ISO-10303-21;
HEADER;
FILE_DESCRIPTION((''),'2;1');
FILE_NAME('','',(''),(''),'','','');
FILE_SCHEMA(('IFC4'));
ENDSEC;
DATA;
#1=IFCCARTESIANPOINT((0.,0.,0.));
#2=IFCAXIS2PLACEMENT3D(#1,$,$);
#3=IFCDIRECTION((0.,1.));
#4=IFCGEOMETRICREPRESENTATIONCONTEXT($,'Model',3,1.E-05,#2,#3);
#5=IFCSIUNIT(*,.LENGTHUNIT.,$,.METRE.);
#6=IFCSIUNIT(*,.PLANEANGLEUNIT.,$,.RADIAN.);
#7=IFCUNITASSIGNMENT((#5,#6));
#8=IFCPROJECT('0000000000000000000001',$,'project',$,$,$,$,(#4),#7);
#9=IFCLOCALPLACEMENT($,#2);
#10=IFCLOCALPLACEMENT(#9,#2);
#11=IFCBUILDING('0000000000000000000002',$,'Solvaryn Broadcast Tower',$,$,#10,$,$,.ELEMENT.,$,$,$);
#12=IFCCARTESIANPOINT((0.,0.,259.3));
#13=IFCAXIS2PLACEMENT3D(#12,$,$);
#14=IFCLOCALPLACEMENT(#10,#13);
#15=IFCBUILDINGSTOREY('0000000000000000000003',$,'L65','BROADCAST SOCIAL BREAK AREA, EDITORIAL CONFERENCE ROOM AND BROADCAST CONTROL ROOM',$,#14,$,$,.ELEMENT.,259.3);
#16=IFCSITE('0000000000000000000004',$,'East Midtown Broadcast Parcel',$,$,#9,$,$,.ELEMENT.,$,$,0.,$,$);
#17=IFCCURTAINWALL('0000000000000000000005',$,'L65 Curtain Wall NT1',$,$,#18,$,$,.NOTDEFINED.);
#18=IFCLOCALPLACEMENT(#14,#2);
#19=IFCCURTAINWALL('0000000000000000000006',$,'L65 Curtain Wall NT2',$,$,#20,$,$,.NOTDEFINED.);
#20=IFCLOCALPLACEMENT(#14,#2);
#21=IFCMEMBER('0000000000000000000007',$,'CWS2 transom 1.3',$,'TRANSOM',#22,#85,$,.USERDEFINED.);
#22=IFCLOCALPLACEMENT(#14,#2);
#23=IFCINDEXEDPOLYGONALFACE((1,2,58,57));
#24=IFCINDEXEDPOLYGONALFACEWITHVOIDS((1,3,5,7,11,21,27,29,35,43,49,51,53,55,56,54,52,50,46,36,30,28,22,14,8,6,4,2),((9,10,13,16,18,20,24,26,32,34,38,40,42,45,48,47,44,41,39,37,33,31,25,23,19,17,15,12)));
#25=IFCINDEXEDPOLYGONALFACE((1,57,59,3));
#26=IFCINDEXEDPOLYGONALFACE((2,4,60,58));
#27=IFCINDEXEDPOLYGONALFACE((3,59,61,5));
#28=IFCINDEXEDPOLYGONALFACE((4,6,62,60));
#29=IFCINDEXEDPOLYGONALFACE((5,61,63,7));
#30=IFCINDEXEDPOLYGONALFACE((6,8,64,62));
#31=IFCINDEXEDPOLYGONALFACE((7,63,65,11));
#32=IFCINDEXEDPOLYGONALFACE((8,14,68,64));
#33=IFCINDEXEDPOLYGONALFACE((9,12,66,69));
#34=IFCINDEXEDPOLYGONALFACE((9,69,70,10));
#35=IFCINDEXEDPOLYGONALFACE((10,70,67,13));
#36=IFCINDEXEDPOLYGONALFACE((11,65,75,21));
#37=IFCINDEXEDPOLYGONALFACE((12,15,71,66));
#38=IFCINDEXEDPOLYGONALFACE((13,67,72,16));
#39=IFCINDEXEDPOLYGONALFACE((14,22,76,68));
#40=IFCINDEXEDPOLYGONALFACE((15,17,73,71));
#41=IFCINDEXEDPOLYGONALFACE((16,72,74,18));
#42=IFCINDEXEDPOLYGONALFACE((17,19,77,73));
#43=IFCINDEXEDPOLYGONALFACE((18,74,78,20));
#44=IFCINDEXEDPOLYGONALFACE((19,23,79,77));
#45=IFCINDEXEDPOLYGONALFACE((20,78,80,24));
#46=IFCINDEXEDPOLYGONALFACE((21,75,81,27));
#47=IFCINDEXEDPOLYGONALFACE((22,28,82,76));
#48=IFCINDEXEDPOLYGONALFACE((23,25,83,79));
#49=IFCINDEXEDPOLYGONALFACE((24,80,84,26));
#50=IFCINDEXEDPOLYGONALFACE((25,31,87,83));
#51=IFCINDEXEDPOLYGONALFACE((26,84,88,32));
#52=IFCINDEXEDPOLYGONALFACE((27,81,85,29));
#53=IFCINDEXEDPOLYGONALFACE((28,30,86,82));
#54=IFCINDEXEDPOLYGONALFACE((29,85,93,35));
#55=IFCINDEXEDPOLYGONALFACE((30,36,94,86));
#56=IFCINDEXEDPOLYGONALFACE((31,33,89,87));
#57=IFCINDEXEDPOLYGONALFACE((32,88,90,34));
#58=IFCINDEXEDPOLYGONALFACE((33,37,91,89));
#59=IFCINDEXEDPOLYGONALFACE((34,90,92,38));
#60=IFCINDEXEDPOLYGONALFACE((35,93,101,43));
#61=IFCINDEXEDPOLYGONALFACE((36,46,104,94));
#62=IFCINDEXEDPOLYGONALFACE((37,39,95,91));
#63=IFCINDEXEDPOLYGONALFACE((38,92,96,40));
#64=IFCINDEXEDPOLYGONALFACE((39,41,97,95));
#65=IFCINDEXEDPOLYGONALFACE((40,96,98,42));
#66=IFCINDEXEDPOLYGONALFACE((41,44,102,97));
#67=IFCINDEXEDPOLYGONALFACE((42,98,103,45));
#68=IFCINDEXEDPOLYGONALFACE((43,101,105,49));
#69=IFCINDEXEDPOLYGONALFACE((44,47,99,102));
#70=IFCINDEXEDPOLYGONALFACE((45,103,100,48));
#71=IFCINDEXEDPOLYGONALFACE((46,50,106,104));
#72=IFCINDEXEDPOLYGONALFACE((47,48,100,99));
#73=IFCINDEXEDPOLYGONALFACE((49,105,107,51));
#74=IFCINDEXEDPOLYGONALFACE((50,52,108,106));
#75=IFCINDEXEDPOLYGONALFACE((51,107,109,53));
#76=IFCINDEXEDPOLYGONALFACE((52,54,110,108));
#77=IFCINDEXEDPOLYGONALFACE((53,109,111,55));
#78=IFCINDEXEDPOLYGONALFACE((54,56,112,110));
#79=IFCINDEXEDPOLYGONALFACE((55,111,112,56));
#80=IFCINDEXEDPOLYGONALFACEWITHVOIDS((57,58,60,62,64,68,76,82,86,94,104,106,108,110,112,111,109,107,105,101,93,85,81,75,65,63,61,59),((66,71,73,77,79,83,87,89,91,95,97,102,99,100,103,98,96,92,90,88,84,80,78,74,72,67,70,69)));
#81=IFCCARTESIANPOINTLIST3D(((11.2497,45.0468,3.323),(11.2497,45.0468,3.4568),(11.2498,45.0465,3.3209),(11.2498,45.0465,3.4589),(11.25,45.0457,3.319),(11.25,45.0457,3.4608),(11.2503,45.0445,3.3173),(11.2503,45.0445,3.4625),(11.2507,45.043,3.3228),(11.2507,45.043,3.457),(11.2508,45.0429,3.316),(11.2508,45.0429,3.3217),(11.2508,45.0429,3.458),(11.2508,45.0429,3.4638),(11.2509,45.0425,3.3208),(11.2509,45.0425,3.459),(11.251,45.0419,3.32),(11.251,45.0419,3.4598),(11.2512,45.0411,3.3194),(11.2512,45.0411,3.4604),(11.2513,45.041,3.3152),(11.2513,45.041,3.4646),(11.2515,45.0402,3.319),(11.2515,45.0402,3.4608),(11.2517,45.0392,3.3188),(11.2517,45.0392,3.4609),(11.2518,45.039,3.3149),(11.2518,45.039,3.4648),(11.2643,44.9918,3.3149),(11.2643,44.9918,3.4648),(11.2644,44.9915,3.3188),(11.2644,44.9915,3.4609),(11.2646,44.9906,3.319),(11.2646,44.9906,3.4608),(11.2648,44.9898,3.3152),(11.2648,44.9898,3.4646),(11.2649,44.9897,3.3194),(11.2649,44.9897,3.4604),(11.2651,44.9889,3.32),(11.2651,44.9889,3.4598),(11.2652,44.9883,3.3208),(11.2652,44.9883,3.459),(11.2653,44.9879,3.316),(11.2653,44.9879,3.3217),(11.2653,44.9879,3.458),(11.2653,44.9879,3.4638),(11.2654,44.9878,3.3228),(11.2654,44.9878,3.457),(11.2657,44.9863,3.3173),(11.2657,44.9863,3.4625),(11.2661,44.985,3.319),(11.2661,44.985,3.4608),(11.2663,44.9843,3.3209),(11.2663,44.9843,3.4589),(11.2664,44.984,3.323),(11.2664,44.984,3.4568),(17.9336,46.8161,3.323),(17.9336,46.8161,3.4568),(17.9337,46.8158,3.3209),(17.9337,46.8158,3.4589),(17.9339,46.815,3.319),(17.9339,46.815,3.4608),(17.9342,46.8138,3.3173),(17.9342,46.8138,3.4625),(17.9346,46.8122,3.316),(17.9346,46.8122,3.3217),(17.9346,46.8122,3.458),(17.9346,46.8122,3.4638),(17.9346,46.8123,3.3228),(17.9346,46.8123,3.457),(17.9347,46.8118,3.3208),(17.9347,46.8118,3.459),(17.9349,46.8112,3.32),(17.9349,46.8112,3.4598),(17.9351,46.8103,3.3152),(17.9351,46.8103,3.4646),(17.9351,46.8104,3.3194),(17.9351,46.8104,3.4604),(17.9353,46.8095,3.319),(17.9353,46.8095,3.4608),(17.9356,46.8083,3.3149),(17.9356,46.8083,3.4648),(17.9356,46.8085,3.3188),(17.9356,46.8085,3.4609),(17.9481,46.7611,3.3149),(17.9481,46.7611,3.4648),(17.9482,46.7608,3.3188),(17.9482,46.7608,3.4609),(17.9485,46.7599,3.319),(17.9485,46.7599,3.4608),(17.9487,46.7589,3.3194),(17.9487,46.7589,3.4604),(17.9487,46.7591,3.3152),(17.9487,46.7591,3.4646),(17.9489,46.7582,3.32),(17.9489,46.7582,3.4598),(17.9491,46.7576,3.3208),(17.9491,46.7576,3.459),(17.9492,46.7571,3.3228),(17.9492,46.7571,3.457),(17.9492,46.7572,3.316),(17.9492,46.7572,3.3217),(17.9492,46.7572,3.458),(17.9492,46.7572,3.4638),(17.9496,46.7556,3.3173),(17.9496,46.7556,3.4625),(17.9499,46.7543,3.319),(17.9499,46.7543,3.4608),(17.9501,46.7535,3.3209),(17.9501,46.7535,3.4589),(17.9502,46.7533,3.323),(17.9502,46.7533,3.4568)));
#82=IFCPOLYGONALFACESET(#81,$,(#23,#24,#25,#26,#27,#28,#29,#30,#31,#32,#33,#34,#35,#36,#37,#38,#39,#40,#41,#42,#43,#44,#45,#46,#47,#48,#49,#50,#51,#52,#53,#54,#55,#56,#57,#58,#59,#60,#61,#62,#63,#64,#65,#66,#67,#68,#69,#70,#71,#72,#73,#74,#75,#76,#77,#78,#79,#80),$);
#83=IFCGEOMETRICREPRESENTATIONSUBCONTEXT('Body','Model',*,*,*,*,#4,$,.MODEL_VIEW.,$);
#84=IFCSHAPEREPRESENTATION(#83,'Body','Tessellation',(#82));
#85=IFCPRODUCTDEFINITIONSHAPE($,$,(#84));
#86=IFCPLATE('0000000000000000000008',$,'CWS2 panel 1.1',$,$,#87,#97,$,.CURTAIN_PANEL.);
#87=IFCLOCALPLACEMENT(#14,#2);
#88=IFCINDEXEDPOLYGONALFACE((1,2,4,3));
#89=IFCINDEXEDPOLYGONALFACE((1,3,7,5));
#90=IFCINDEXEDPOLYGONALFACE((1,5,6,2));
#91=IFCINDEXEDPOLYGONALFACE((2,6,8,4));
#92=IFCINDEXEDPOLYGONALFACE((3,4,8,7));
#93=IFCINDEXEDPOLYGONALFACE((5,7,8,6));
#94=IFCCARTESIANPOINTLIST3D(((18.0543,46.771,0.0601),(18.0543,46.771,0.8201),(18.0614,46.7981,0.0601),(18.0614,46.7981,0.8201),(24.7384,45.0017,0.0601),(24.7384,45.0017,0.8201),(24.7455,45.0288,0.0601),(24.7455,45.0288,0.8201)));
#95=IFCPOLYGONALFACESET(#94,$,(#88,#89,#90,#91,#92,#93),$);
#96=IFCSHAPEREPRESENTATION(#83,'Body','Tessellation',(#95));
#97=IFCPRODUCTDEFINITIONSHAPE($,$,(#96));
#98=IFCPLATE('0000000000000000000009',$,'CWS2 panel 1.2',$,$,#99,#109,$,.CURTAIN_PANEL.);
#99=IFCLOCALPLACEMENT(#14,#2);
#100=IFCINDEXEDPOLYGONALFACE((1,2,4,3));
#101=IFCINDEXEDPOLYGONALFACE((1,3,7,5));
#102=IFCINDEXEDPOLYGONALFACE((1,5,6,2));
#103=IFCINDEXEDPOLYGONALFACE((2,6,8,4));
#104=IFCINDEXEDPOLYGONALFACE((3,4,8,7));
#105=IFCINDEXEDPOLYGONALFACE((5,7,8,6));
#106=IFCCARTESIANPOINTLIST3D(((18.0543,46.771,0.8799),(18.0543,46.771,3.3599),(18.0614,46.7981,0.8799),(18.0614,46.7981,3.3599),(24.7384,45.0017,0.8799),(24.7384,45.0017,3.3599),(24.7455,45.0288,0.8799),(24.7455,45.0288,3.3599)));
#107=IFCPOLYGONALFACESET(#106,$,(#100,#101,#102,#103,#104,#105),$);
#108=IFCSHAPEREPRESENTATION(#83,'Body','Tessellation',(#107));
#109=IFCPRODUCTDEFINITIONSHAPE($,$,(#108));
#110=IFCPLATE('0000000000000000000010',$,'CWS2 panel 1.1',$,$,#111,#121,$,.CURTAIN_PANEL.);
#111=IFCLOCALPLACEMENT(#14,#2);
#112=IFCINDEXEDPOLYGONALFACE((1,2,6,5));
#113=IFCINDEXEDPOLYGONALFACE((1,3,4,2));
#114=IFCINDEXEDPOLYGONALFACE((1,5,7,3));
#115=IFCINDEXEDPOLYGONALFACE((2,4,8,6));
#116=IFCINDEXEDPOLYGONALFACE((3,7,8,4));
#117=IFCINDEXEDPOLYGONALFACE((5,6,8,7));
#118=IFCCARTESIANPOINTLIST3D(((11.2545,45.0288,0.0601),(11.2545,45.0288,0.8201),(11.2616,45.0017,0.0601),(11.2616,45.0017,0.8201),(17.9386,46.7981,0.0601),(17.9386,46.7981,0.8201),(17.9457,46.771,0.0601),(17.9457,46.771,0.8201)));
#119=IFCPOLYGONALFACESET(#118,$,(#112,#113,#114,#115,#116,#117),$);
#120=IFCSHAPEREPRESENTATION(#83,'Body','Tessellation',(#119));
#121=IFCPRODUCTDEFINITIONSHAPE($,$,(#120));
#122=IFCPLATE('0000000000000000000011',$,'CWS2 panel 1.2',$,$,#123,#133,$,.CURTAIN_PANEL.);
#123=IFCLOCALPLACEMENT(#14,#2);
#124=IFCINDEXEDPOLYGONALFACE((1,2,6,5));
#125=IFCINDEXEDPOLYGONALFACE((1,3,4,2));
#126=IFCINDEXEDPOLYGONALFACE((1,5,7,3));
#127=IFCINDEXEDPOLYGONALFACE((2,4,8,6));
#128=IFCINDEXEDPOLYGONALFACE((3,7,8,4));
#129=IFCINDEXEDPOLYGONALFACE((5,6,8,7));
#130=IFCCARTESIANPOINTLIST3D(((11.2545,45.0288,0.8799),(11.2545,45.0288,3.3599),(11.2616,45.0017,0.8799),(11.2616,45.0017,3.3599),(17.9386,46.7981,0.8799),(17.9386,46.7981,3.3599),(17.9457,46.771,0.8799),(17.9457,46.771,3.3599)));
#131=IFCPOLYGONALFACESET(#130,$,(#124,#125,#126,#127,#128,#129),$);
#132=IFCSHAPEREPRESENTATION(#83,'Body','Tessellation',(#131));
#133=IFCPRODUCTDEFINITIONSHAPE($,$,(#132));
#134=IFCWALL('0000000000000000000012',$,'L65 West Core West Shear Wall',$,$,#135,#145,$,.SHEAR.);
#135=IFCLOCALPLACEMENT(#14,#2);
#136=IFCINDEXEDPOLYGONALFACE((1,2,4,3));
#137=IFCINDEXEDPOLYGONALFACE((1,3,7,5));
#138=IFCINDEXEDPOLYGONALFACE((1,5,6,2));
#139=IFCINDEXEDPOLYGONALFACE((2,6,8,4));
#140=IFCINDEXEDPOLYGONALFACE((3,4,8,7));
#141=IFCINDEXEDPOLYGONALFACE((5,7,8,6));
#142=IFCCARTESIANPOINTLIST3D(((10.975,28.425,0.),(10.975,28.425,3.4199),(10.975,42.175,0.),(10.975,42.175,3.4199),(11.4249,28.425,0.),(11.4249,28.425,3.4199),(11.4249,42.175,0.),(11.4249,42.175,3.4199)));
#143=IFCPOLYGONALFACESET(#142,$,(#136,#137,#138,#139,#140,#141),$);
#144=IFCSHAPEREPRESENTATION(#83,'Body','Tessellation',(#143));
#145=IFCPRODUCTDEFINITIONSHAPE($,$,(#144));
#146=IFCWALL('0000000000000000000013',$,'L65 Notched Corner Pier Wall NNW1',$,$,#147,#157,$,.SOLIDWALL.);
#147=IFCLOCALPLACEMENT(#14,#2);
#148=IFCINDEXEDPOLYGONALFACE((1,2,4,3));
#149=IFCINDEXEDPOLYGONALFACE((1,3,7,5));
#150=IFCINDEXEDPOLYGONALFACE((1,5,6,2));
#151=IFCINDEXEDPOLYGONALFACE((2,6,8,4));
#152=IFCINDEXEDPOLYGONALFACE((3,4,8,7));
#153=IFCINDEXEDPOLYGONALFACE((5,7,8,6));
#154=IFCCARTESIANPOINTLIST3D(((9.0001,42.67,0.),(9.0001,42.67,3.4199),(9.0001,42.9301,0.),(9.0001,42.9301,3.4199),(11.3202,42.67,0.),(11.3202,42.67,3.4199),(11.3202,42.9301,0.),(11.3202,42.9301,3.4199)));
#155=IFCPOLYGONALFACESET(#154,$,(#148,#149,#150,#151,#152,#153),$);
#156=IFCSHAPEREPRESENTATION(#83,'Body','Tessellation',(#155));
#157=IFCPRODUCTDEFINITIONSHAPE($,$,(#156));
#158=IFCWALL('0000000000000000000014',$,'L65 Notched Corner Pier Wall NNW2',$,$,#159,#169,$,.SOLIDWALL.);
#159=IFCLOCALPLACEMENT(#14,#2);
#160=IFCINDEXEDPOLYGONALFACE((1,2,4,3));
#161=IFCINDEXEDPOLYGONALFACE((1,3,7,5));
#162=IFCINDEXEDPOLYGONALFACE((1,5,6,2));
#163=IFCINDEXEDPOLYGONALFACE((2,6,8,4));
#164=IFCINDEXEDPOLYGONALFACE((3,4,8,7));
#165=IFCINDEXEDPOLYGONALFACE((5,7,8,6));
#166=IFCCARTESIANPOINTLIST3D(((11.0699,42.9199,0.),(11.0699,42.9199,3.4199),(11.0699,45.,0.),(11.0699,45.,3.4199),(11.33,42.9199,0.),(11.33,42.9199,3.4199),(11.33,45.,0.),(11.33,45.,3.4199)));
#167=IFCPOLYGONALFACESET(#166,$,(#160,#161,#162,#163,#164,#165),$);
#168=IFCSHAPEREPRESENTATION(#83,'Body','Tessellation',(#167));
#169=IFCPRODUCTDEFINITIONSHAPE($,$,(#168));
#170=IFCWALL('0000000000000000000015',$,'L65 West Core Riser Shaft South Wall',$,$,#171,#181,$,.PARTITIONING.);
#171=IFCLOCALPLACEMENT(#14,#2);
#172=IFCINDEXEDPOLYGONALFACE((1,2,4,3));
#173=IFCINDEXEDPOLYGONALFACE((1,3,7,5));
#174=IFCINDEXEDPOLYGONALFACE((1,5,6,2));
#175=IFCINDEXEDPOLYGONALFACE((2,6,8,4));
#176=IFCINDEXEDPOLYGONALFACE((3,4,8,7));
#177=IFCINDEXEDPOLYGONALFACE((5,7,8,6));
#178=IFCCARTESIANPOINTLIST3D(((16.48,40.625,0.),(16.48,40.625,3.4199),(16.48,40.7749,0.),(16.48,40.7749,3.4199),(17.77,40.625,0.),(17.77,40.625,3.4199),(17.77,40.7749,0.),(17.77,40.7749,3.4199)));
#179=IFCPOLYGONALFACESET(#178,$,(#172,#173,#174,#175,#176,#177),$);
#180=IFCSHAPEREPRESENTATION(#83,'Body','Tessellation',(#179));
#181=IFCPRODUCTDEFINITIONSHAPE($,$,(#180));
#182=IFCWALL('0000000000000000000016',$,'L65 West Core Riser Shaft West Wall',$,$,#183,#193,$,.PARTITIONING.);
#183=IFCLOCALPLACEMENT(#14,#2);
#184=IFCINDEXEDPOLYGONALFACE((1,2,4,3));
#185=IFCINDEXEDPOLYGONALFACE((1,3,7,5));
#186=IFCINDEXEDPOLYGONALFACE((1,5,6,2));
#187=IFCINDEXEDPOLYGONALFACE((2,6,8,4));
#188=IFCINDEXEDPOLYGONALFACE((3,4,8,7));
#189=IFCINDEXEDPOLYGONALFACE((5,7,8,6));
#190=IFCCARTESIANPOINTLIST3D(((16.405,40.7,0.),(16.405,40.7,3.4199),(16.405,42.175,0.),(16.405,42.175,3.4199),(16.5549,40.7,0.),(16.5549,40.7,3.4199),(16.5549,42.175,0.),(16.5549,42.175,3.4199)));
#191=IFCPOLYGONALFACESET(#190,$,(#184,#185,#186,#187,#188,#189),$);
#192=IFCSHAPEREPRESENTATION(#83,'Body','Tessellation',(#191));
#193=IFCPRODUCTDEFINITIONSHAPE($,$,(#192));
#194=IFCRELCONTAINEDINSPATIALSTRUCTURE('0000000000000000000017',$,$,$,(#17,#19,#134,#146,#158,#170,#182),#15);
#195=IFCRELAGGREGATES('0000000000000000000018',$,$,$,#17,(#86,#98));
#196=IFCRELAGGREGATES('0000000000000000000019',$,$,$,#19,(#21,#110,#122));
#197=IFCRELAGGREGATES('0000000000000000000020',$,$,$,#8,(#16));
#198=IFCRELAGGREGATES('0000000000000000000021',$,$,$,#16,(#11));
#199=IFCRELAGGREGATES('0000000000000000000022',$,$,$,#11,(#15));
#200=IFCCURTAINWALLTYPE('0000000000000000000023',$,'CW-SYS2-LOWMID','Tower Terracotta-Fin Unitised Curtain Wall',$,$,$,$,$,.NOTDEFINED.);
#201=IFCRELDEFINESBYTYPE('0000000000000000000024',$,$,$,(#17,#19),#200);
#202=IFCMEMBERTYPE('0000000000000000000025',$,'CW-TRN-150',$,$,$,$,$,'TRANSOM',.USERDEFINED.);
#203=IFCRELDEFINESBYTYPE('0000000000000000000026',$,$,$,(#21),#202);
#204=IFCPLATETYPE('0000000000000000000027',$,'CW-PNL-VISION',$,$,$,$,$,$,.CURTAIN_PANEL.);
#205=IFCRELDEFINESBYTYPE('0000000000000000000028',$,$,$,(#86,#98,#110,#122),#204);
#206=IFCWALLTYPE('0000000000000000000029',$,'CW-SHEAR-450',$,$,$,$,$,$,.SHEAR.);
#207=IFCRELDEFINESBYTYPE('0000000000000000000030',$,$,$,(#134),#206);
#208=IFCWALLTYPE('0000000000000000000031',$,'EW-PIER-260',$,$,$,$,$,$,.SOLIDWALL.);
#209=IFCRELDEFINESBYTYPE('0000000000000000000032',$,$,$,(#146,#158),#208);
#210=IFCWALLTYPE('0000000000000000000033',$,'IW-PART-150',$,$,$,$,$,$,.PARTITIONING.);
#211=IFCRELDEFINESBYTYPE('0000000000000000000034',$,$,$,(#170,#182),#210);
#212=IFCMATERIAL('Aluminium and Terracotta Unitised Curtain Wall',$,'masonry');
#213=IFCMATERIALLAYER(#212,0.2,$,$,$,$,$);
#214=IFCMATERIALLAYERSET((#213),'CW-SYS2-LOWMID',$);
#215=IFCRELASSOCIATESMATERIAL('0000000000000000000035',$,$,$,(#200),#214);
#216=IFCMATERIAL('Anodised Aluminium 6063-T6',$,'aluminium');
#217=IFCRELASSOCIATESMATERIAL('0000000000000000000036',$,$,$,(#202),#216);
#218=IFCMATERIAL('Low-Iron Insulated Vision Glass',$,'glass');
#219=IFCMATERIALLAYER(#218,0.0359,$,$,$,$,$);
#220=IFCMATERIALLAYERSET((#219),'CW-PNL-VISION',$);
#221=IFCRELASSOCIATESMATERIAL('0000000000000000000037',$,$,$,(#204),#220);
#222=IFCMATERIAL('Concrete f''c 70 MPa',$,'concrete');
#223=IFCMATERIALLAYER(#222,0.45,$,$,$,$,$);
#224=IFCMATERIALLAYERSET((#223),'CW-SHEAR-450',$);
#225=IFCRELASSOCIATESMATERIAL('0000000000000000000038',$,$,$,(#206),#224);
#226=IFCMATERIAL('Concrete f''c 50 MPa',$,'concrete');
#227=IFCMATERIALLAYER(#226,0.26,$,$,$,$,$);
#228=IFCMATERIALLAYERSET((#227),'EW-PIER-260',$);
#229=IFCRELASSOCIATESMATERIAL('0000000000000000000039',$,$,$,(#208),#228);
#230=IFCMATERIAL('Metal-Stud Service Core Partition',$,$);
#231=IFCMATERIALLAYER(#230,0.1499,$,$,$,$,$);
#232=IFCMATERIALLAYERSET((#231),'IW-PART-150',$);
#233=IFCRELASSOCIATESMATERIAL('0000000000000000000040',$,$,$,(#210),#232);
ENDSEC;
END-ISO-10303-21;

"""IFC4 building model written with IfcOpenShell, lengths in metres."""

from ifc_helpers import new_model, si_unit, direction, frame, frame_2d, origin, origin_2d, place, context, subcontext, project, spatial, rectangle, hollow_rectangle, extrude, material, layer, layer_set, material_profile, profile_set, type_object, element, aggregate, save


model = new_model("IFC4")

# Units and contexts
model_context = context("Model", 3, precision=1e-05, world=origin(), true_north=direction((0.0, 1.0)))
body_context = subcontext(model_context, "Body", "Model", "MODEL_VIEW")
ifc_project = project(units=[si_unit("LENGTHUNIT", "METRE"), si_unit("PLANEANGLEUNIT", "RADIAN")], contexts=[model_context])

# Site, building, storey
site_placement = place(None, origin())
site = spatial("IfcSite", under=ifc_project, at=site_placement, Name="East Midtown Broadcast Parcel", CompositionType="ELEMENT", RefElevation=0.0)
building_placement = place(site_placement, origin())
building = spatial("IfcBuilding", under=site, at=building_placement, Name="Solvaryn Broadcast Tower", CompositionType="ELEMENT")
storey_placement = place(building_placement, frame((0.0, 0.0, 259.3)))
storey = spatial("IfcBuildingStorey", under=building, at=storey_placement, Name="L65", Description="BROADCAST SOCIAL BREAK AREA, EDITORIAL CONFERENCE ROOM AND BROADCAST CONTROL ROOM", CompositionType="ELEMENT", Elevation=259.3)

# Curtain wall
ifc_material_1 = material(Name="Aluminium and Terracotta Unitised Curtain Wall", Category="masonry")
ifc_layer_1 = layer(ifc_material_1, 0.2)
ifc_layer_set_1 = layer_set([ifc_layer_1], Name="CW-SYS2-LOWMID")
curtain_wall_type = type_object("IfcCurtainWallType", Name="CW-SYS2-LOWMID", Description="Tower Terracotta-Fin Unitised Curtain Wall", PredefinedType="NOTDEFINED", material=ifc_layer_set_1)
curtain_wall_1_placement = place(storey_placement, origin())
curtain_wall_1 = element("IfcCurtainWall", 1, at=curtain_wall_1_placement, inside=storey, type_object=curtain_wall_type, Name="L65 Curtain Wall NT1", PredefinedType="NOTDEFINED")

# Curtain wall
curtain_wall_2_placement = place(storey_placement, origin())
curtain_wall_2 = element("IfcCurtainWall", 2, at=curtain_wall_2_placement, inside=storey, type_object=curtain_wall_type, Name="L65 Curtain Wall NT2", PredefinedType="NOTDEFINED")

# Member
ifc_material_2 = material(Name="Anodised Aluminium 6063-T6", Category="aluminium")
ifc_material_profile_1 = material_profile(ifc_material_2, hollow_rectangle(XDim=0.0649, YDim=0.1499, WallThickness=0.0039, InnerFilletRadius=0.0039, OuterFilletRadius=0.0081, at=origin_2d()))
ifc_profile_set_1 = profile_set([ifc_material_profile_1], Name="Anodised Aluminium 6063-T6")
member_type_1 = type_object("IfcMemberType", Name="CW-TRN-150", ElementType="TRANSOM", PredefinedType="USERDEFINED", material=ifc_profile_set_1)
member_1_placement = place(storey_placement, frame((17.9419, 46.7847, 3.3899), z_axis=(-0.966704, -0.255897, 0.0), x_axis=(0.255897, -0.966704, 0.0)))
member_1 = element("IfcMember", 3, at=member_1_placement, type_object=member_type_1, Name="CWS2 transom 1.3", ObjectType="TRANSOM", PredefinedType="USERDEFINED", context=body_context, shape_type="SweptSolid", body=[
    extrude(hollow_rectangle(XDim=0.0649, YDim=0.1499, WallThickness=0.0039, InnerFilletRadius=0.0039, OuterFilletRadius=0.0081, at=origin_2d()), origin(), (0.0, 0.0, 1.0), 6.9141),
])

# Plates
ifc_material_3 = material(Name="Low-Iron Insulated Vision Glass", Category="glass")
ifc_layer_2 = layer(ifc_material_3, 0.0359)
ifc_layer_set_2 = layer_set([ifc_layer_2], Name="CW-PNL-VISION")
plate_type = type_object("IfcPlateType", Name="CW-PNL-VISION", PredefinedType="CURTAIN_PANEL", material=ifc_layer_set_2)
plate_1_placement = place(storey_placement, frame((21.3999, 45.8999, 0.0601), z_axis=(0.0, 0.0, 1.0), x_axis=(-0.966705, 0.255893, 0.0)))
plate_1 = element("IfcPlate", 4, at=plate_1_placement, type_object=plate_type, Name="CWS2 panel 1.1", PredefinedType="CURTAIN_PANEL", context=body_context, shape_type="SweptSolid", body=[
    extrude(rectangle(XDim=6.9143, YDim=0.0281, at=origin_2d()), origin(), (0.0, 0.0, 1.0), 0.76),
])
plate_2_placement = place(storey_placement, frame((21.3999, 45.8999, 0.8799), z_axis=(0.0, 0.0, 1.0), x_axis=(-0.966705, 0.255893, 0.0)))
plate_2 = element("IfcPlate", 5, at=plate_2_placement, type_object=plate_type, Name="CWS2 panel 1.2", PredefinedType="CURTAIN_PANEL", context=body_context, shape_type="SweptSolid", body=[
    extrude(rectangle(XDim=6.9143, YDim=0.0281, at=origin_2d()), origin(), (0.0, 0.0, 1.0), 2.48),
])
aggregate(curtain_wall_1, [plate_1, plate_2])
plate_3_placement = place(storey_placement, frame((14.6001, 45.8999, 0.0601), z_axis=(0.0, 0.0, 1.0), x_axis=(-0.966705, -0.255893, 0.0)))
plate_3 = element("IfcPlate", 6, at=plate_3_placement, type_object=plate_type, Name="CWS2 panel 1.1", PredefinedType="CURTAIN_PANEL", context=body_context, shape_type="SweptSolid", body=[
    extrude(rectangle(XDim=6.9143, YDim=0.0281, at=origin_2d()), origin(), (0.0, 0.0, 1.0), 0.76),
])
plate_4_placement = place(storey_placement, frame((14.6001, 45.8999, 0.8799), z_axis=(0.0, 0.0, 1.0), x_axis=(-0.966705, -0.255893, 0.0)))
plate_4 = element("IfcPlate", 7, at=plate_4_placement, type_object=plate_type, Name="CWS2 panel 1.2", PredefinedType="CURTAIN_PANEL", context=body_context, shape_type="SweptSolid", body=[
    extrude(rectangle(XDim=6.9143, YDim=0.0281, at=origin_2d()), origin(), (0.0, 0.0, 1.0), 2.48),
])
aggregate(curtain_wall_2, [member_1, plate_3, plate_4])

# Walls
ifc_material_4 = material(Name="Concrete f'c 70 MPa", Category="concrete")
ifc_layer_3 = layer(ifc_material_4, 0.45)
ifc_layer_set_3 = layer_set([ifc_layer_3], Name="CW-SHEAR-450")
wall_type_1 = type_object("IfcWallType", Name="CW-SHEAR-450", PredefinedType="SHEAR", material=ifc_layer_set_3)
wall_1_placement = place(storey_placement, frame((11.2, 42.175, 0.0), z_axis=(0.0, 0.0, 1.0), x_axis=(0.0, -1.0, 0.0)))
element("IfcWall", 8, at=wall_1_placement, inside=storey, type_object=wall_type_1, Name="L65 West Core West Shear Wall", PredefinedType="SHEAR", context=body_context, shape_type="SweptSolid", body=[
    extrude(rectangle(XDim=13.75, YDim=0.45, at=frame_2d((6.875, 0.0))), origin(), (0.0, 0.0, 1.0), 3.4199),
])
ifc_material_5 = material(Name="Concrete f'c 50 MPa", Category="concrete")
ifc_layer_4 = layer(ifc_material_5, 0.26)
ifc_layer_set_4 = layer_set([ifc_layer_4], Name="EW-PIER-260")
wall_type_2 = type_object("IfcWallType", Name="EW-PIER-260", PredefinedType="SOLIDWALL", material=ifc_layer_set_4)
wall_2_placement = place(storey_placement, frame((9.0, 42.8, 0.0), z_axis=(0.0, 0.0, 1.0), x_axis=(1.0, 0.0, 0.0)))
element("IfcWall", 9, at=wall_2_placement, inside=storey, type_object=wall_type_2, Name="L65 Notched Corner Pier Wall NNW1", PredefinedType="SOLIDWALL", context=body_context, shape_type="SweptSolid", body=[
    extrude(rectangle(XDim=2.3201, YDim=0.26, at=frame_2d((1.1602, 0.0))), origin(), (0.0, 0.0, 1.0), 3.4199),
])
wall_3_placement = place(storey_placement, frame((11.2, 42.9199, 0.0), z_axis=(0.0, 0.0, 1.0), x_axis=(0.0, 1.0, 0.0)))
element("IfcWall", 10, at=wall_3_placement, inside=storey, type_object=wall_type_2, Name="L65 Notched Corner Pier Wall NNW2", PredefinedType="SOLIDWALL", context=body_context, shape_type="SweptSolid", body=[
    extrude(rectangle(XDim=2.0801, YDim=0.26, at=frame_2d((1.04, 0.0))), origin(), (0.0, 0.0, 1.0), 3.4199),
])
ifc_material_6 = material(Name="Metal-Stud Service Core Partition")
ifc_layer_5 = layer(ifc_material_6, 0.1499)
ifc_layer_set_5 = layer_set([ifc_layer_5], Name="IW-PART-150")
wall_type_3 = type_object("IfcWallType", Name="IW-PART-150", PredefinedType="PARTITIONING", material=ifc_layer_set_5)
wall_4_placement = place(storey_placement, frame((16.48, 40.7, 0.0), z_axis=(0.0, 0.0, 1.0), x_axis=(1.0, 0.0, 0.0)))
element("IfcWall", 11, at=wall_4_placement, inside=storey, type_object=wall_type_3, Name="L65 West Core Riser Shaft South Wall", PredefinedType="PARTITIONING", context=body_context, shape_type="SweptSolid", body=[
    extrude(rectangle(XDim=1.29, YDim=0.1499, at=frame_2d((0.645, 0.0))), origin(), (0.0, 0.0, 1.0), 3.4199),
])
wall_5_placement = place(storey_placement, frame((16.48, 40.7, 0.0), z_axis=(0.0, 0.0, 1.0), x_axis=(0.0, 1.0, 0.0)))
element("IfcWall", 12, at=wall_5_placement, inside=storey, type_object=wall_type_3, Name="L65 West Core Riser Shaft West Wall", PredefinedType="PARTITIONING", context=body_context, shape_type="SweptSolid", body=[
    extrude(rectangle(XDim=1.4751, YDim=0.1499, at=frame_2d((0.7375, 0.0))), origin(), (0.0, 0.0, 1.0), 3.4199),
])

save(model, "model.ifc")
